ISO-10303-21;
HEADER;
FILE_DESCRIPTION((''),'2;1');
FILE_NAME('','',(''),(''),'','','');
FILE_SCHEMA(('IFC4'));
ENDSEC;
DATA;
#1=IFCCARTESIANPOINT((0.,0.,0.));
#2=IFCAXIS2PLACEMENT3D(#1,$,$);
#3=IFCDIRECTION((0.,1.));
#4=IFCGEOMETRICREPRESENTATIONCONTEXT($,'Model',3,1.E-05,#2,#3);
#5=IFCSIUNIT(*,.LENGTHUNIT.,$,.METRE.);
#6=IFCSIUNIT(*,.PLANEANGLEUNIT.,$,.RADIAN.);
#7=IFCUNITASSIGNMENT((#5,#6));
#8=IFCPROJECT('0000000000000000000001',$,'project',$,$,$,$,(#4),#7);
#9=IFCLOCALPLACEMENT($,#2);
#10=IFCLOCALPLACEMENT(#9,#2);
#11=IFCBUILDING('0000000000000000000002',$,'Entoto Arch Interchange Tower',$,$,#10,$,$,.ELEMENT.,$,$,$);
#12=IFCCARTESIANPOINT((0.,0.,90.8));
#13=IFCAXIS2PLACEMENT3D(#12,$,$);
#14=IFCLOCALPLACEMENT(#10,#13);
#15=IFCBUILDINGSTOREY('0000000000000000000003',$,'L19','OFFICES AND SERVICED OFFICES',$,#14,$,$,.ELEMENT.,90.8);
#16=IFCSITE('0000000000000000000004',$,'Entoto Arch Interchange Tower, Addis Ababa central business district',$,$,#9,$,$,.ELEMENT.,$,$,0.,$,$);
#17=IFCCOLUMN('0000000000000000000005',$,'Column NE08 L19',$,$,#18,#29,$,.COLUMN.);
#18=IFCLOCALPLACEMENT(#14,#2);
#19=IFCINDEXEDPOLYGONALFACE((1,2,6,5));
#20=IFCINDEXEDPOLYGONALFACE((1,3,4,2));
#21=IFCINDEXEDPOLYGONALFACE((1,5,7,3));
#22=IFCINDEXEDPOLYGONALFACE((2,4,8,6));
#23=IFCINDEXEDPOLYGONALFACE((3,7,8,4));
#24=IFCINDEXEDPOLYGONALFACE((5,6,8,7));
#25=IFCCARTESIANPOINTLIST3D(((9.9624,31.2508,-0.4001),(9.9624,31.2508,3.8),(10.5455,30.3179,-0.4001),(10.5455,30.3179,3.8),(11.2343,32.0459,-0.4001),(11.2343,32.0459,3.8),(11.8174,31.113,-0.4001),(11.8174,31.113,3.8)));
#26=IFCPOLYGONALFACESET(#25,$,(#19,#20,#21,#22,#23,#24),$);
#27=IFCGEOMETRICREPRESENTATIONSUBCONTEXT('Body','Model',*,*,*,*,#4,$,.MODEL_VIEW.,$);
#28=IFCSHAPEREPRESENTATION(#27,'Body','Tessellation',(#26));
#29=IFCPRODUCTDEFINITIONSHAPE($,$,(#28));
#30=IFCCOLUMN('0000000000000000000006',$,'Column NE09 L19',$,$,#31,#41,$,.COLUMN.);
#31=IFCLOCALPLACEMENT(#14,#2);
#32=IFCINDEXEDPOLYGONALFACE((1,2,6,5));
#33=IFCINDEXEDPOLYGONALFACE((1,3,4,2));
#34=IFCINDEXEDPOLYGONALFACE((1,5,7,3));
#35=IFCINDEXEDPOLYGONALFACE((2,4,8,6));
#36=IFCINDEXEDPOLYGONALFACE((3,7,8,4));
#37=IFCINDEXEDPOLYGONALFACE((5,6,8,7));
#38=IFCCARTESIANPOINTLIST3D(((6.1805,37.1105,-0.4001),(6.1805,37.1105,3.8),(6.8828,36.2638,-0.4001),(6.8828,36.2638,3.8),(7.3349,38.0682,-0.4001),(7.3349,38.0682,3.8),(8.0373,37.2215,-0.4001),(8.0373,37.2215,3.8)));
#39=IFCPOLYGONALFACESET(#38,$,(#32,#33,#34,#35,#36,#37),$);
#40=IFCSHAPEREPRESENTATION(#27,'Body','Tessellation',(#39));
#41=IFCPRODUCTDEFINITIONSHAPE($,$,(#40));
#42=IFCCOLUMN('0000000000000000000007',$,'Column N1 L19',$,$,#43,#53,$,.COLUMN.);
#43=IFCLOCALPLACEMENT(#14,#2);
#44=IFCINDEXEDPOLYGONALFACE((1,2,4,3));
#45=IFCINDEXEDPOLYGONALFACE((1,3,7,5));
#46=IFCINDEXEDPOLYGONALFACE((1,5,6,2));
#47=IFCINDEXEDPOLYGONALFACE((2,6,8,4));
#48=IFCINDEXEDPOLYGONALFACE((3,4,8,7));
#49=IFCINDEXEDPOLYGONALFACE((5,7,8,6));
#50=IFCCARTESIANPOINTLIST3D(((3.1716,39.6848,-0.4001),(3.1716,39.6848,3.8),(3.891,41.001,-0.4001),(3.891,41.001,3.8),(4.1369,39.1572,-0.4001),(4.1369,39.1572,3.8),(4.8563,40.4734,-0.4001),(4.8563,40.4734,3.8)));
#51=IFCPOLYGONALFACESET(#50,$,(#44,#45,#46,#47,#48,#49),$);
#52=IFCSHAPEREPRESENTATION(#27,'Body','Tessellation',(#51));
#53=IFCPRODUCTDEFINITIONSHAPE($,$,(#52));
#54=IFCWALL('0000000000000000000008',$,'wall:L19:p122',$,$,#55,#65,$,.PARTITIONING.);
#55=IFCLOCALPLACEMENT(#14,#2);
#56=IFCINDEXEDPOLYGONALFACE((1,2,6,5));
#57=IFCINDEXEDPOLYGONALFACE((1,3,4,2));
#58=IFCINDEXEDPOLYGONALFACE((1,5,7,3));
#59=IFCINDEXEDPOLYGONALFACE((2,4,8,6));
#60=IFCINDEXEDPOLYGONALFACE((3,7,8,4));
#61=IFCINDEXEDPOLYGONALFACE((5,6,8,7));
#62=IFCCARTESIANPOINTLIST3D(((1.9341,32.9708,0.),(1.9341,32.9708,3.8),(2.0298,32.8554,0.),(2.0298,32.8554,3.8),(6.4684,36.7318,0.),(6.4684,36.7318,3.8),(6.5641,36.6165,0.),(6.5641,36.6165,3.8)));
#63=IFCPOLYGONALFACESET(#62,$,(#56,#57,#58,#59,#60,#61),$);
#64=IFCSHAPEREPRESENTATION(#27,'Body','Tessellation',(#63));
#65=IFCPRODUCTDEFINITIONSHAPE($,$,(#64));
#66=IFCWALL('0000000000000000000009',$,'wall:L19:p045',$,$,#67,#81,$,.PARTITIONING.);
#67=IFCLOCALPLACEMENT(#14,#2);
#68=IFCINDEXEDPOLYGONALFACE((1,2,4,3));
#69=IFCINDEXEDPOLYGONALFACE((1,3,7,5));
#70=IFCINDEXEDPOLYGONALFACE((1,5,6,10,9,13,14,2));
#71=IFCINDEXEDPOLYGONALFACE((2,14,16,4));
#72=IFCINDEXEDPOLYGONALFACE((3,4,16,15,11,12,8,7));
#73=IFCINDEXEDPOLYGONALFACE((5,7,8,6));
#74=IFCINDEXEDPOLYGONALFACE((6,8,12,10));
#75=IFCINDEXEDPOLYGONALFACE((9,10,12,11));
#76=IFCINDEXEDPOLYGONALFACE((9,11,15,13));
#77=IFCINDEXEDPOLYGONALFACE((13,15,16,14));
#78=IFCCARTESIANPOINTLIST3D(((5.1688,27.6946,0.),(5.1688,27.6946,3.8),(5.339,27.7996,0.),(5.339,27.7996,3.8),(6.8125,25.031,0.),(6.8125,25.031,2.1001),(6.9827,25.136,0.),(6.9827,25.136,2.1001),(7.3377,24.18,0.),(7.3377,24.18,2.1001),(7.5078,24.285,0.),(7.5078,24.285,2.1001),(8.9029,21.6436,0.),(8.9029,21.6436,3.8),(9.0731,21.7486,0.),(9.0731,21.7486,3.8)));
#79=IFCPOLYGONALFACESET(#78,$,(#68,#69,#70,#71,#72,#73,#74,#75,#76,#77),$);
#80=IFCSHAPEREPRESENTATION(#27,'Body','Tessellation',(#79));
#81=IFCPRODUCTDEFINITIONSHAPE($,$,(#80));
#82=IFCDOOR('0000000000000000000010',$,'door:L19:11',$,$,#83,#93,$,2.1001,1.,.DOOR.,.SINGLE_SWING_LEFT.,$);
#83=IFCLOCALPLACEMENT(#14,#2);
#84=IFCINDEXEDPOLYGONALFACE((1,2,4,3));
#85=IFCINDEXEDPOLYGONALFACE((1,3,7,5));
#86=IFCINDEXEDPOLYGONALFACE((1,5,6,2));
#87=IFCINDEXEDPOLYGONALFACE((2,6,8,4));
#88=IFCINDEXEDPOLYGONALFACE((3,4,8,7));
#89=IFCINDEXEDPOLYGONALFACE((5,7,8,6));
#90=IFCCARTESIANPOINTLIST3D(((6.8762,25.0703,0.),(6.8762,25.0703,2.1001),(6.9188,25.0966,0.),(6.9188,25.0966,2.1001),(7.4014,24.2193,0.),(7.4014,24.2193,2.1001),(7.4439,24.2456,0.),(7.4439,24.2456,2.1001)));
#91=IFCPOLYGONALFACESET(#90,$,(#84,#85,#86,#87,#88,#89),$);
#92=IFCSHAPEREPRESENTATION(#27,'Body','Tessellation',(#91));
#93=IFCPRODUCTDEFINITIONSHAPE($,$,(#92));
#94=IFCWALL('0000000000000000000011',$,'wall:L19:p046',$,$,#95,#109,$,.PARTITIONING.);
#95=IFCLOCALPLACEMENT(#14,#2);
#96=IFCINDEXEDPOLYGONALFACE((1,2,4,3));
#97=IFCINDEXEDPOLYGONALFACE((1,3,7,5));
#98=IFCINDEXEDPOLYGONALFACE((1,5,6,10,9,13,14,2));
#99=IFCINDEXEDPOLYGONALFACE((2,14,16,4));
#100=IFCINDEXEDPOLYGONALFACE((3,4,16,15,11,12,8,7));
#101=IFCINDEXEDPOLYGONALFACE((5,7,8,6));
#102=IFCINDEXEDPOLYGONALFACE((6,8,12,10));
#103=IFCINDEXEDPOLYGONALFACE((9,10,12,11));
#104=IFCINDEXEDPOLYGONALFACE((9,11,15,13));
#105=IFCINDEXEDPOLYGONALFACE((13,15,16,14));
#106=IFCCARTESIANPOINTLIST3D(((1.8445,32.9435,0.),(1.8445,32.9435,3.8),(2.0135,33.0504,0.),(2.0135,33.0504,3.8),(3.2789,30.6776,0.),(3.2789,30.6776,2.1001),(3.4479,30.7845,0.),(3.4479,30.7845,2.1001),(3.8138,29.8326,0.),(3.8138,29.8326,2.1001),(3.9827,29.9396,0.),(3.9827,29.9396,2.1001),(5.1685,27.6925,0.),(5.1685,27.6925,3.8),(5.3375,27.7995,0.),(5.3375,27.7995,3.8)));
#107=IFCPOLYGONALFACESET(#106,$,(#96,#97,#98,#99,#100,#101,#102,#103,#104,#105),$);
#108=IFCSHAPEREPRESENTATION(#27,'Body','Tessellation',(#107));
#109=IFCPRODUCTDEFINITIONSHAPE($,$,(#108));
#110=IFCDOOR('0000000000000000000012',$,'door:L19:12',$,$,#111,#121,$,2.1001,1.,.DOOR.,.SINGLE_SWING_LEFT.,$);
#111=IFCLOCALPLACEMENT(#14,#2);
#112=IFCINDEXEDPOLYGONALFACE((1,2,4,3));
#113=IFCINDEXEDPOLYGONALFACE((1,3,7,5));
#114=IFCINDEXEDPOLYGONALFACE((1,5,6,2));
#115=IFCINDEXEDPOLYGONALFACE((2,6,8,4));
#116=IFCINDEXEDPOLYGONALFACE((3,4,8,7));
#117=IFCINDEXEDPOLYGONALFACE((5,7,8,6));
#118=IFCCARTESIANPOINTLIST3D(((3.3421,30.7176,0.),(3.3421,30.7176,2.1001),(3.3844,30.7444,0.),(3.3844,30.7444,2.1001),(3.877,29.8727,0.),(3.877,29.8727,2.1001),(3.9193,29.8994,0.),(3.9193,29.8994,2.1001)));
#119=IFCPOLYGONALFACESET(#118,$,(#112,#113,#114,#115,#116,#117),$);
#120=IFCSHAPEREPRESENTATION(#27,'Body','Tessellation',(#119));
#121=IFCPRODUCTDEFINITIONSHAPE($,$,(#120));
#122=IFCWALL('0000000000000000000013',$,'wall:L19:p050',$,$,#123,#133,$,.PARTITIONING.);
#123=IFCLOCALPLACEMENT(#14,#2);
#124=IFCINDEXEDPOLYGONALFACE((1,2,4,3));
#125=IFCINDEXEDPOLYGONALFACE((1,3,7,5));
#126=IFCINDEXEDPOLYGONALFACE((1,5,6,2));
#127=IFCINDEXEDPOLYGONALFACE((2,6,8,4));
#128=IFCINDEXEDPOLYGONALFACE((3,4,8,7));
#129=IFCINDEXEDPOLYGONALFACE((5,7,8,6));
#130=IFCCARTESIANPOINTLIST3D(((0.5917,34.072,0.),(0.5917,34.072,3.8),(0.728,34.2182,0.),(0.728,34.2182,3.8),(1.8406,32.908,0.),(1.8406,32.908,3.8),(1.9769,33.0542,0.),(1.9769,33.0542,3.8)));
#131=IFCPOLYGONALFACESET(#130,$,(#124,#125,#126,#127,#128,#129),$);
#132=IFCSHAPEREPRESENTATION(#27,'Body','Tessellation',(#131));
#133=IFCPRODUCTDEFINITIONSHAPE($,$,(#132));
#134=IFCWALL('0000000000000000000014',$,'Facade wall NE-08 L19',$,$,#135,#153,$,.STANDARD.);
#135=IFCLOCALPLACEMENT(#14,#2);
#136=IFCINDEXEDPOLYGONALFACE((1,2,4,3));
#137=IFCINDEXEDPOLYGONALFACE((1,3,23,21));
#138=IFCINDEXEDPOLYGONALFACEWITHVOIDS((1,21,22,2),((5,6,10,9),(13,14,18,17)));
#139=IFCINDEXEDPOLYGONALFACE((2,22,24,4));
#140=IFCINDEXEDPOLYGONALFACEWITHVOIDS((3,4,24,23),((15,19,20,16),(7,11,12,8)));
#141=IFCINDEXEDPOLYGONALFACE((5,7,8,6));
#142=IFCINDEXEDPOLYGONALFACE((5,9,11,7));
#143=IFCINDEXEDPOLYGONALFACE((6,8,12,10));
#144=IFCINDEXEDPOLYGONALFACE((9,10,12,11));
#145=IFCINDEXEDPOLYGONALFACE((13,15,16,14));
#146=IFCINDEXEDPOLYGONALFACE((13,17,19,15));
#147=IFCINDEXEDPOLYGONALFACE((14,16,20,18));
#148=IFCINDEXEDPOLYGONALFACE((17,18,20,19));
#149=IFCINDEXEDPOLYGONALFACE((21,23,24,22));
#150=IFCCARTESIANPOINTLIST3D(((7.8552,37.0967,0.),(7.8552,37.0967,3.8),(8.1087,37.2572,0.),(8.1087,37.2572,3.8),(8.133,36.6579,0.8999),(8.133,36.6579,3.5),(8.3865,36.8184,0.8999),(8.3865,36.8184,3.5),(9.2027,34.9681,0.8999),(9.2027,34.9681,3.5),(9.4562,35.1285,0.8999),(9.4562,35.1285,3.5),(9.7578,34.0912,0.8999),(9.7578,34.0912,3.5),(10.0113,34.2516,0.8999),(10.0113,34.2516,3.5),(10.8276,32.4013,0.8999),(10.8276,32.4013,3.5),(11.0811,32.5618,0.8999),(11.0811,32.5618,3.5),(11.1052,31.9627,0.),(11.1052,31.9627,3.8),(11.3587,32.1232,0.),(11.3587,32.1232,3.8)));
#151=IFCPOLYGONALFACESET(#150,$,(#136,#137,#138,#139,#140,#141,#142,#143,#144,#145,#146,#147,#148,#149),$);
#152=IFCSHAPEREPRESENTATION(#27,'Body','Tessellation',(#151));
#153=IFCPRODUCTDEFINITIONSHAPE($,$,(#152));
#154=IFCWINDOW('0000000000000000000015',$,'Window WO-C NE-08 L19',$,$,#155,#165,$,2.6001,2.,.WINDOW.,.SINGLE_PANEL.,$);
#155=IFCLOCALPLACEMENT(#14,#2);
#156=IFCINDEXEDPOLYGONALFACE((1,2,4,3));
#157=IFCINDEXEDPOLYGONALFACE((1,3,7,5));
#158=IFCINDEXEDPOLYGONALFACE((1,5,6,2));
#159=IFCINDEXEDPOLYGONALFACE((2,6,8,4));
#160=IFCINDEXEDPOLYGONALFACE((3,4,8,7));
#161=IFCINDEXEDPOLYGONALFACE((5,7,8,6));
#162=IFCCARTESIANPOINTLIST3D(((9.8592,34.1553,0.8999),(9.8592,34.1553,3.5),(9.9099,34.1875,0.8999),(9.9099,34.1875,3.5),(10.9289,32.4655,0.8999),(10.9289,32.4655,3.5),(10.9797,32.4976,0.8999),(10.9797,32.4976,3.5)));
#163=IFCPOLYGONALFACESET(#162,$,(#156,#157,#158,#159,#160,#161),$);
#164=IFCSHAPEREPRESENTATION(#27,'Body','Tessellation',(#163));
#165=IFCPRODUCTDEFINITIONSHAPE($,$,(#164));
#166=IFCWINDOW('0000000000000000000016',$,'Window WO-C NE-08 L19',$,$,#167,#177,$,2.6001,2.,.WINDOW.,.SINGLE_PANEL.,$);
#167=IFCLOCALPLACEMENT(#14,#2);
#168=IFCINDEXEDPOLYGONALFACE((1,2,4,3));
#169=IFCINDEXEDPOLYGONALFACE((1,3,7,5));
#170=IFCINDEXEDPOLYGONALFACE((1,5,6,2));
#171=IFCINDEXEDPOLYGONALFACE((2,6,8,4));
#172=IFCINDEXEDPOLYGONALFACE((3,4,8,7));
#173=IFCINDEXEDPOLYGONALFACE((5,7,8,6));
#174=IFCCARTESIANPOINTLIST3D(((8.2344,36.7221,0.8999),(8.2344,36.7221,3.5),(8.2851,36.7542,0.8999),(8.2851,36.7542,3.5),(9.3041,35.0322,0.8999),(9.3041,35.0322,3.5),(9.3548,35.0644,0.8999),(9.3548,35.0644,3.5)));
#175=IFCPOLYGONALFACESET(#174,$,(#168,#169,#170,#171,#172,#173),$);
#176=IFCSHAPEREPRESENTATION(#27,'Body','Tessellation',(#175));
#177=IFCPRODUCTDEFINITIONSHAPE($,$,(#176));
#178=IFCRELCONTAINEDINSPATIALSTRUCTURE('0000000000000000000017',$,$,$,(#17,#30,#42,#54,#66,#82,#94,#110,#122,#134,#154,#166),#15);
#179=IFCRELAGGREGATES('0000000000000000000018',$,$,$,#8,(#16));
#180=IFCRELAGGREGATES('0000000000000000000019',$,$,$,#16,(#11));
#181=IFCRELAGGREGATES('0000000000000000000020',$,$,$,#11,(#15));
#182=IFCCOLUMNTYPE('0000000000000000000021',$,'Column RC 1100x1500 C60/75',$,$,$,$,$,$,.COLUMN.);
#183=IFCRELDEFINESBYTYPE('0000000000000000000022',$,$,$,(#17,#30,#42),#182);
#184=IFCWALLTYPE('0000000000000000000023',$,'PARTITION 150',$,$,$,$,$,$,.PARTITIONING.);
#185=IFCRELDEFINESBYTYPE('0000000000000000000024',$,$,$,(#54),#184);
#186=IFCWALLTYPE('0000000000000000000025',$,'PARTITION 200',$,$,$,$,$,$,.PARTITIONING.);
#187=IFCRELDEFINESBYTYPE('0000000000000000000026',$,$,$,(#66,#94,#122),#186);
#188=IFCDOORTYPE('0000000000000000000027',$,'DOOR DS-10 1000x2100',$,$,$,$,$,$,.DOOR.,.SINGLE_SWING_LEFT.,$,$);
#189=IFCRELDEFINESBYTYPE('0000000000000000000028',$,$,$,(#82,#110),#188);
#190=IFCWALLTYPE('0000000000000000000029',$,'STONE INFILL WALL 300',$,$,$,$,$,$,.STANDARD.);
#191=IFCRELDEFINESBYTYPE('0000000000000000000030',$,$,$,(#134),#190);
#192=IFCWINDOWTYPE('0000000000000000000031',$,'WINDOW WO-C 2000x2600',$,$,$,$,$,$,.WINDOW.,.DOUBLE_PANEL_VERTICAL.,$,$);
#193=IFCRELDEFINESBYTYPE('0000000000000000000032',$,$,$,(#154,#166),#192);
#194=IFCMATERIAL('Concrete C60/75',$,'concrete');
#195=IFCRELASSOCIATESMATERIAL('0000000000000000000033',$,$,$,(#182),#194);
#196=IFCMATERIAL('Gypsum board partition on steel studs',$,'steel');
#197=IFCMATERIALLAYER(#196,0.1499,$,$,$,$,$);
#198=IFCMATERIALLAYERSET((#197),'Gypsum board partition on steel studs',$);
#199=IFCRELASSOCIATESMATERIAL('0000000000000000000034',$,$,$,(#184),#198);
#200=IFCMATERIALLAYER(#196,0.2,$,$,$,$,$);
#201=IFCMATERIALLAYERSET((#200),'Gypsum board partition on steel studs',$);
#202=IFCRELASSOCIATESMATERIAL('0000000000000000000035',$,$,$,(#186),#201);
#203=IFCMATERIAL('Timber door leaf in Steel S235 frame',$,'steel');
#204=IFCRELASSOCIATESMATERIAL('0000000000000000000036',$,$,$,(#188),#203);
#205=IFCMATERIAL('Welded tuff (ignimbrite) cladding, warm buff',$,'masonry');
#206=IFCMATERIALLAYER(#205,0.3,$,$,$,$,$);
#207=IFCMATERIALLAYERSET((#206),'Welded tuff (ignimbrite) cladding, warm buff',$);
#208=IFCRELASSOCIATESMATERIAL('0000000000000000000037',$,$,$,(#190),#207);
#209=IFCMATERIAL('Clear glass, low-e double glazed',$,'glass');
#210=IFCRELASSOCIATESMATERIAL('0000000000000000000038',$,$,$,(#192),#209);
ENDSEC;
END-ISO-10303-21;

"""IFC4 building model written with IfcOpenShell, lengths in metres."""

from ifc_helpers import new_model, si_unit, direction, frame, frame_2d, origin, origin_2d, place, context, subcontext, project, spatial, rectangle, extrude, material, layer, layer_set, material_profile, profile_set, type_object, element, fill, save


model = new_model("IFC4")

# Units and contexts
model_context = context("Model", 3, precision=1e-05, world=origin(), true_north=direction((0.0, 1.0)))
body_context = subcontext(model_context, "Body", "Model", "MODEL_VIEW")
ifc_project = project(units=[si_unit("LENGTHUNIT", "METRE"), si_unit("PLANEANGLEUNIT", "RADIAN")], contexts=[model_context])

# Site, building, storey
site_placement = place(None, origin())
site = spatial("IfcSite", under=ifc_project, at=site_placement, Name="Entoto Arch Interchange Tower, Addis Ababa central business district", CompositionType="ELEMENT", RefElevation=0.0)
building_placement = place(site_placement, origin())
building = spatial("IfcBuilding", under=site, at=building_placement, Name="Entoto Arch Interchange Tower", CompositionType="ELEMENT")
storey_placement = place(building_placement, frame((0.0, 0.0, 90.8)))
storey = spatial("IfcBuildingStorey", under=building, at=storey_placement, Name="L19", Description="OFFICES AND SERVICED OFFICES", CompositionType="ELEMENT", Elevation=90.8)

# Columns
ifc_material_1 = material(Name="Concrete C60/75", Category="concrete")
ifc_material_profile = material_profile(ifc_material_1, rectangle(XDim=1.1001, YDim=1.5, at=origin_2d()))
ifc_profile_set = profile_set([ifc_material_profile], Name="Concrete C60/75")
column_type = type_object("IfcColumnType", Name="Column RC 1100x1500 C60/75", PredefinedType="COLUMN", material=ifc_profile_set)
for number, where, z_axis, x_axis, name in (
    (1, (10.8899, 31.1819, -0.4001), (0.0, 0.0, 1.0), (-0.530067, 0.847956, 0.0), "Column NE08 L19"),
    (2, (7.1089, 37.166, -0.4001), (0.0, 0.0, 1.0), (-0.638459, 0.769656, 0.0), "Column NE09 L19"),
    (3, (4.0139, 40.0791, -0.4001), (0.0, 0.0, 1.0), (-0.877481, 0.479611, 0.0), "Column N1 L19"),
):
    element("IfcColumn", number, at=place(storey_placement, frame(where, z_axis=z_axis, x_axis=x_axis)), inside=storey, type_object=column_type, Name=name, PredefinedType="COLUMN", context=body_context, shape_type="SweptSolid", body=[
        extrude(rectangle(XDim=1.1001, YDim=1.5, at=origin_2d()), origin(), (0.0, 0.0, 1.0), 4.2002),
    ])

# Wall
ifc_material_2 = material(Name="Gypsum board partition on steel studs", Category="steel")
ifc_layer_1 = layer(ifc_material_2, 0.1499)
ifc_layer_set_1 = layer_set([ifc_layer_1], Name="Gypsum board partition on steel studs")
wall_type_1 = type_object("IfcWallType", Name="PARTITION 150", PredefinedType="PARTITIONING", material=ifc_layer_set_1)
wall_1_placement = place(storey_placement, frame((1.9819, 32.9131, 0.0), z_axis=(0.0, 0.0, 1.0), x_axis=(0.76968, 0.63843, 0.0)))
element("IfcWall", 4, at=wall_1_placement, inside=storey, type_object=wall_type_1, Name="wall:L19:p122", PredefinedType="PARTITIONING", context=body_context, shape_type="SweptSolid", body=[
    extrude(rectangle(XDim=5.8911, YDim=0.1499, at=frame_2d((2.9456, 0.0))), origin(), (0.0, 0.0, 1.0), 3.8),
])

# Walls, openings, doors
ifc_layer_2 = layer(ifc_material_2, 0.2)
ifc_layer_set_2 = layer_set([ifc_layer_2], Name="Gypsum board partition on steel studs")
wall_type_2 = type_object("IfcWallType", Name="PARTITION 200", PredefinedType="PARTITIONING", material=ifc_layer_set_2)
wall_2_placement = place(storey_placement, frame((5.2539, 27.7471, 0.0), z_axis=(0.0, 0.0, 1.0), x_axis=(0.52516, -0.851003, 0.0)))
wall_2 = element("IfcWall", 5, at=wall_2_placement, inside=storey, type_object=wall_type_2, Name="wall:L19:p045", PredefinedType="PARTITIONING", context=body_context, shape_type="SweptSolid", body=[
    extrude(rectangle(XDim=7.1104, YDim=0.2, at=frame_2d((3.5552, 0.0))), origin(), (0.0, 0.0, 1.0), 3.8),
])
opening_1_placement = place(wall_2_placement, frame((3.1299, 0.0, 0.0)))
opening_1 = element("IfcOpeningElement", 6, at=opening_1_placement, cuts=wall_2, PredefinedType="OPENING", context=body_context, shape_type="SweptSolid", body=[
    extrude(rectangle(XDim=1.0, YDim=2.1001, at=frame_2d((0.5, 1.05))), frame((0.0, 0.1099, 0.0), z_axis=(0.0, -1.0, 0.0), x_axis=(1.0, 0.0, 0.0)), (0.0, 0.0, 1.0), 0.22),
])
ifc_material_3 = material(Name="Timber door leaf in Steel S235 frame", Category="steel")
door_type = type_object("IfcDoorType", Name="DOOR DS-10 1000x2100", OperationType="SINGLE_SWING_LEFT", PredefinedType="DOOR", material=ifc_material_3)
door_1_placement = place(opening_1_placement, origin())
door_1 = element("IfcDoor", 7, at=door_1_placement, inside=storey, type_object=door_type, Name="door:L19:11", OperationType="SINGLE_SWING_LEFT", OverallHeight=2.1001, OverallWidth=1.0, PredefinedType="DOOR", context=body_context, shape_type="SweptSolid", body=[
    extrude(rectangle(XDim=1.0, YDim=2.1001, at=frame_2d((0.5, 1.05))), frame((0.0, 0.0249, 0.0), z_axis=(0.0, -1.0, 0.0), x_axis=(1.0, 0.0, 0.0)), (0.0, 0.0, 1.0), 0.05),
])
fill(opening_1, door_1)
wall_3_placement = place(storey_placement, frame((1.929, 32.9971, 0.0), z_axis=(0.0, 0.0, 1.0), x_axis=(0.534863, -0.844939, 0.0)))
wall_3 = element("IfcWall", 8, at=wall_3_placement, inside=storey, type_object=wall_type_2, Name="wall:L19:p046", PredefinedType="PARTITIONING", context=body_context, shape_type="SweptSolid", body=[
    extrude(rectangle(XDim=6.2146, YDim=0.2, at=frame_2d((3.1074, 0.0))), origin(), (0.0, 0.0, 1.0), 3.8),
])
opening_2_placement = place(wall_3_placement, frame((2.6819, 0.0, 0.0)))
opening_2 = element("IfcOpeningElement", 9, at=opening_2_placement, cuts=wall_3, PredefinedType="OPENING", context=body_context, shape_type="SweptSolid", body=[
    extrude(rectangle(XDim=1.0, YDim=2.1001, at=frame_2d((0.5, 1.05))), frame((0.0, 0.1099, 0.0), z_axis=(0.0, -1.0, 0.0), x_axis=(1.0, 0.0, 0.0)), (0.0, 0.0, 1.0), 0.22),
])
door_2_placement = place(opening_2_placement, origin())
door_2 = element("IfcDoor", 10, at=door_2_placement, inside=storey, type_object=door_type, Name="door:L19:12", OperationType="SINGLE_SWING_LEFT", OverallHeight=2.1001, OverallWidth=1.0, PredefinedType="DOOR", context=body_context, shape_type="SweptSolid", body=[
    extrude(rectangle(XDim=1.0, YDim=2.1001, at=frame_2d((0.5, 1.05))), frame((0.0, 0.0249, 0.0), z_axis=(0.0, -1.0, 0.0), x_axis=(1.0, 0.0, 0.0)), (0.0, 0.0, 1.0), 0.05),
])
fill(opening_2, door_2)

# Wall
wall_4_placement = place(storey_placement, frame((0.6599, 34.145, 0.0), z_axis=(0.0, 0.0, 1.0), x_axis=(0.73155, -0.681788, 0.0)))
element("IfcWall", 11, at=wall_4_placement, inside=storey, type_object=wall_type_2, Name="wall:L19:p050", PredefinedType="PARTITIONING", context=body_context, shape_type="SweptSolid", body=[
    extrude(rectangle(XDim=1.7073, YDim=0.2, at=frame_2d((0.8535, 0.0))), origin(), (0.0, 0.0, 1.0), 3.8),
])

# Wall, openings, windows
ifc_material_4 = material(Name="Welded tuff (ignimbrite) cladding, warm buff", Category="masonry")
ifc_layer_3 = layer(ifc_material_4, 0.3)
ifc_layer_set_3 = layer_set([ifc_layer_3], Name="Welded tuff (ignimbrite) cladding, warm buff")
wall_type_3 = type_object("IfcWallType", Name="STONE INFILL WALL 300", PredefinedType="STANDARD", material=ifc_layer_set_3)
wall_5_placement = place(storey_placement, frame((11.2319, 32.043, 0.0), z_axis=(0.0, 0.0, 1.0), x_axis=(-0.534869, 0.844935, 0.0)))
wall_5 = element("IfcWall", 12, at=wall_5_placement, inside=storey, type_object=wall_type_3, Name="Facade wall NE-08 L19", PredefinedType="STANDARD", context=body_context, shape_type="SweptSolid", body=[
    extrude(rectangle(XDim=6.0762, YDim=0.3, at=frame_2d((3.0381, 0.0))), origin(), (0.0, 0.0, 1.0), 3.8),
])
opening_3_placement = place(wall_5_placement, frame((0.519, 0.0, 0.8999)))
opening_3 = element("IfcOpeningElement", 13, at=opening_3_placement, cuts=wall_5, PredefinedType="OPENING", context=body_context, shape_type="SweptSolid", body=[
    extrude(rectangle(XDim=2.0, YDim=2.6001, at=frame_2d((1.0, 1.3))), frame((0.0, 0.1602, 0.0), z_axis=(0.0, -1.0, 0.0), x_axis=(1.0, 0.0, 0.0)), (0.0, 0.0, 1.0), 0.3201),
])
opening_4_placement = place(wall_5_placement, frame((3.5569, 0.0, 0.8999)))
opening_4 = element("IfcOpeningElement", 14, at=opening_4_placement, cuts=wall_5, PredefinedType="OPENING", context=body_context, shape_type="SweptSolid", body=[
    extrude(rectangle(XDim=2.0, YDim=2.6001, at=frame_2d((1.0, 1.3))), frame((0.0, 0.1602, 0.0), z_axis=(0.0, -1.0, 0.0), x_axis=(1.0, 0.0, 0.0)), (0.0, 0.0, 1.0), 0.3201),
])
ifc_material_5 = material(Name="Clear glass, low-e double glazed", Category="glass")
window_type_1 = type_object("IfcWindowType", Name="WINDOW WO-C 2000x2600", PartitioningType="DOUBLE_PANEL_VERTICAL", PredefinedType="WINDOW", material=ifc_material_5)
window_1_placement = place(opening_3_placement, origin())
window_1 = element("IfcWindow", 15, at=window_1_placement, inside=storey, type_object=window_type_1, Name="Window WO-C NE-08 L19", OverallHeight=2.6001, OverallWidth=2.0, PartitioningType="SINGLE_PANEL", PredefinedType="WINDOW", context=body_context, shape_type="SweptSolid", body=[
    extrude(rectangle(XDim=2.0, YDim=2.6001, at=frame_2d((1.0, 1.3))), frame((0.0, 0.03, 0.0), z_axis=(0.0, -1.0, 0.0), x_axis=(1.0, 0.0, 0.0)), (0.0, 0.0, 1.0), 0.0601),
])
fill(opening_3, window_1)
window_2_placement = place(opening_4_placement, origin())
window_2 = element("IfcWindow", 16, at=window_2_placement, inside=storey, type_object=window_type_1, Name="Window WO-C NE-08 L19", OverallHeight=2.6001, OverallWidth=2.0, PartitioningType="SINGLE_PANEL", PredefinedType="WINDOW", context=body_context, shape_type="SweptSolid", body=[
    extrude(rectangle(XDim=2.0, YDim=2.6001, at=frame_2d((1.0, 1.3))), frame((0.0, 0.03, 0.0), z_axis=(0.0, -1.0, 0.0), x_axis=(1.0, 0.0, 0.0)), (0.0, 0.0, 1.0), 0.0601),
])
fill(opening_4, window_2)

save(model, "model.ifc")
